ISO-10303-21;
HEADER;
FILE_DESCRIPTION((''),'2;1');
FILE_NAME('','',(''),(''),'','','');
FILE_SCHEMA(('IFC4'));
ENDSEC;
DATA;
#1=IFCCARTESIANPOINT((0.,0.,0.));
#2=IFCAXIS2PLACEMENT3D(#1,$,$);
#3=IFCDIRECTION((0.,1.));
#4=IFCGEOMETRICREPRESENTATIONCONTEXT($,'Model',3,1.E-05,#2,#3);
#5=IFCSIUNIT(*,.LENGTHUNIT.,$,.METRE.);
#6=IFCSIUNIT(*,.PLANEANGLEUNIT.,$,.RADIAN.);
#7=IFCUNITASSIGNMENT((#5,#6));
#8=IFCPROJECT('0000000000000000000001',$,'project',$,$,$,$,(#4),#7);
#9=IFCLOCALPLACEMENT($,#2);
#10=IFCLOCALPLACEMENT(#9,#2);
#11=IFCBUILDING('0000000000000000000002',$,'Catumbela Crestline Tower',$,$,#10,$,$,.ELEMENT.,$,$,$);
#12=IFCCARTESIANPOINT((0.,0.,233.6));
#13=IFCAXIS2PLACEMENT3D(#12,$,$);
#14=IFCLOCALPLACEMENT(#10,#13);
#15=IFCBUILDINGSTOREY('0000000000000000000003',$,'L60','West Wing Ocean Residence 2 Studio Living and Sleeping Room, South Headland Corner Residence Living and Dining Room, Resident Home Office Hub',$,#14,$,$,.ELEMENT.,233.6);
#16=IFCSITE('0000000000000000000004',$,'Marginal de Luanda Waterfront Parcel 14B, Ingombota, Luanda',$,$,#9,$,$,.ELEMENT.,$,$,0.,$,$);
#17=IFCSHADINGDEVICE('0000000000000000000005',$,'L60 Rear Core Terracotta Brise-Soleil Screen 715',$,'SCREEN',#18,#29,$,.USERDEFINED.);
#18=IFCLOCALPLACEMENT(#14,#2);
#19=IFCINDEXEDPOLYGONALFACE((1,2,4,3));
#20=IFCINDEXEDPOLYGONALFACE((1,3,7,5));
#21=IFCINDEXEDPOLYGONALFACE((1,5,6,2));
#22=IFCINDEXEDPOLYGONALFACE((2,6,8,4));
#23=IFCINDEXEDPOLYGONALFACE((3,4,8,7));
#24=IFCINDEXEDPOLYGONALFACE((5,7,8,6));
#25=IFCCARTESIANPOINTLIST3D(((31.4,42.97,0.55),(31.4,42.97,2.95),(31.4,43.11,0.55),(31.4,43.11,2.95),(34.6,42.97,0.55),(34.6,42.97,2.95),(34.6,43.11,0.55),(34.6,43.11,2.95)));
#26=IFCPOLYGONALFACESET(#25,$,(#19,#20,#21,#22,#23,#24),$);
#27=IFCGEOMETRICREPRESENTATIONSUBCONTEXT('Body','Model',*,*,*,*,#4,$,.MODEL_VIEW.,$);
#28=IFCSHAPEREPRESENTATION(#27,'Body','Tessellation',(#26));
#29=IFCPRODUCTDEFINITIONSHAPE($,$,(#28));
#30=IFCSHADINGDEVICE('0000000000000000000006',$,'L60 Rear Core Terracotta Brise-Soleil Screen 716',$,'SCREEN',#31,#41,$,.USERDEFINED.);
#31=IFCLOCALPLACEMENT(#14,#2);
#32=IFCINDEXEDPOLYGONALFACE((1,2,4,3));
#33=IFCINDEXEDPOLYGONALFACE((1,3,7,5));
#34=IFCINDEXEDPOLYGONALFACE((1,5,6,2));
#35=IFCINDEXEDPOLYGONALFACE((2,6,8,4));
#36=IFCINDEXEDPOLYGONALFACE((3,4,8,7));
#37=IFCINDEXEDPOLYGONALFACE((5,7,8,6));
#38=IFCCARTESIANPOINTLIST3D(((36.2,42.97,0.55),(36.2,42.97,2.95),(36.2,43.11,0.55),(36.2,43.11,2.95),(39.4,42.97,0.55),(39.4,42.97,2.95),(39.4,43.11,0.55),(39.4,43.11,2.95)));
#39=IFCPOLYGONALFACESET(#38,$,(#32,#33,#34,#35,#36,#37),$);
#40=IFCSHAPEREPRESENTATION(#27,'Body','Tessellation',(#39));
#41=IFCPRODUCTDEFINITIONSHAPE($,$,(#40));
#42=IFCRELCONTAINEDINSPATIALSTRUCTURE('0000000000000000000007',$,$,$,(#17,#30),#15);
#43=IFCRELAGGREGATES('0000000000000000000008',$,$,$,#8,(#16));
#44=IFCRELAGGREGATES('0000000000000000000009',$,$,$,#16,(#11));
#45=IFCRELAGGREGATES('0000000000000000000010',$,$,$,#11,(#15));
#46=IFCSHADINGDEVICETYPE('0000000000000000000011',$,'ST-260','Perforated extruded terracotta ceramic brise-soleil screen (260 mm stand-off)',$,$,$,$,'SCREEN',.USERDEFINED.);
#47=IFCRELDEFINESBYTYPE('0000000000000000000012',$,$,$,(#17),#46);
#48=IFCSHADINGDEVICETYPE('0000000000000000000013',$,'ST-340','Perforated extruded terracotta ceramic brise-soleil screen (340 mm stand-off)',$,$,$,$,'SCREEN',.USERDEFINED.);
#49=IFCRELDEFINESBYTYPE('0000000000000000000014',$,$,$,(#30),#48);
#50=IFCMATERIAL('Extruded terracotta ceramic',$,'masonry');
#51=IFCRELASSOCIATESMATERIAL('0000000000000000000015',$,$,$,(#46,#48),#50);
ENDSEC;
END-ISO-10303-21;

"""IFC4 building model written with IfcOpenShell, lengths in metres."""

from ifc_helpers import new_model, si_unit, direction, frame, origin, origin_2d, place, context, subcontext, project, spatial, rectangle, extrude, material, type_object, element, save


model = new_model("IFC4")

# Units and contexts
model_context = context("Model", 3, precision=1e-05, world=origin(), true_north=direction((0.0, 1.0)))
body_context = subcontext(model_context, "Body", "Model", "MODEL_VIEW")
ifc_project = project(units=[si_unit("LENGTHUNIT", "METRE"), si_unit("PLANEANGLEUNIT", "RADIAN")], contexts=[model_context])

# Site, building, storey
site_placement = place(None, origin())
site = spatial("IfcSite", under=ifc_project, at=site_placement, Name="Marginal de Luanda Waterfront Parcel 14B, Ingombota, Luanda", CompositionType="ELEMENT", RefElevation=0.0)
building_placement = place(site_placement, origin())
building = spatial("IfcBuilding", under=site, at=building_placement, Name="Catumbela Crestline Tower", CompositionType="ELEMENT")
storey_placement = place(building_placement, frame((0.0, 0.0, 233.6)))
storey = spatial("IfcBuildingStorey", under=building, at=storey_placement, Name="L60", Description="West Wing Ocean Residence 2 Studio Living and Sleeping Room, South Headland Corner Residence Living and Dining Room, Resident Home Office Hub", CompositionType="ELEMENT", Elevation=233.6)

# Shading devices
ifc_material_1 = material(Name="Extruded terracotta ceramic", Category="masonry")
shading_device_type_1 = type_object("IfcShadingDeviceType", Name="ST-260", Description="Perforated extruded terracotta ceramic brise-soleil screen (260 mm stand-off)", ElementType="SCREEN", PredefinedType="USERDEFINED", material=ifc_material_1)
shading_device_1_placement = place(storey_placement, frame((33.0, 43.04, 0.55), z_axis=(0.0, 0.0, 1.0), x_axis=(1.0, 0.0, 0.0)))
element("IfcShadingDevice", 1, at=shading_device_1_placement, inside=storey, type_object=shading_device_type_1, Name="L60 Rear Core Terracotta Brise-Soleil Screen 715", ObjectType="SCREEN", PredefinedType="USERDEFINED", context=body_context, shape_type="SweptSolid", body=[
    extrude(rectangle(XDim=3.2, YDim=0.14, at=origin_2d()), origin(), (0.0, 0.0, 1.0), 2.4),
])
shading_device_type_2 = type_object("IfcShadingDeviceType", Name="ST-340", Description="Perforated extruded terracotta ceramic brise-soleil screen (340 mm stand-off)", ElementType="SCREEN", PredefinedType="USERDEFINED", material=ifc_material_1)
shading_device_2_placement = place(storey_placement, frame((37.8, 43.04, 0.55), z_axis=(0.0, 0.0, 1.0), x_axis=(1.0, 0.0, 0.0)))
element("IfcShadingDevice", 2, at=shading_device_2_placement, inside=storey, type_object=shading_device_type_2, Name="L60 Rear Core Terracotta Brise-Soleil Screen 716", ObjectType="SCREEN", PredefinedType="USERDEFINED", context=body_context, shape_type="SweptSolid", body=[
    extrude(rectangle(XDim=3.2, YDim=0.14, at=origin_2d()), origin(), (0.0, 0.0, 1.0), 2.4),
])

save(model, "model.ifc")
